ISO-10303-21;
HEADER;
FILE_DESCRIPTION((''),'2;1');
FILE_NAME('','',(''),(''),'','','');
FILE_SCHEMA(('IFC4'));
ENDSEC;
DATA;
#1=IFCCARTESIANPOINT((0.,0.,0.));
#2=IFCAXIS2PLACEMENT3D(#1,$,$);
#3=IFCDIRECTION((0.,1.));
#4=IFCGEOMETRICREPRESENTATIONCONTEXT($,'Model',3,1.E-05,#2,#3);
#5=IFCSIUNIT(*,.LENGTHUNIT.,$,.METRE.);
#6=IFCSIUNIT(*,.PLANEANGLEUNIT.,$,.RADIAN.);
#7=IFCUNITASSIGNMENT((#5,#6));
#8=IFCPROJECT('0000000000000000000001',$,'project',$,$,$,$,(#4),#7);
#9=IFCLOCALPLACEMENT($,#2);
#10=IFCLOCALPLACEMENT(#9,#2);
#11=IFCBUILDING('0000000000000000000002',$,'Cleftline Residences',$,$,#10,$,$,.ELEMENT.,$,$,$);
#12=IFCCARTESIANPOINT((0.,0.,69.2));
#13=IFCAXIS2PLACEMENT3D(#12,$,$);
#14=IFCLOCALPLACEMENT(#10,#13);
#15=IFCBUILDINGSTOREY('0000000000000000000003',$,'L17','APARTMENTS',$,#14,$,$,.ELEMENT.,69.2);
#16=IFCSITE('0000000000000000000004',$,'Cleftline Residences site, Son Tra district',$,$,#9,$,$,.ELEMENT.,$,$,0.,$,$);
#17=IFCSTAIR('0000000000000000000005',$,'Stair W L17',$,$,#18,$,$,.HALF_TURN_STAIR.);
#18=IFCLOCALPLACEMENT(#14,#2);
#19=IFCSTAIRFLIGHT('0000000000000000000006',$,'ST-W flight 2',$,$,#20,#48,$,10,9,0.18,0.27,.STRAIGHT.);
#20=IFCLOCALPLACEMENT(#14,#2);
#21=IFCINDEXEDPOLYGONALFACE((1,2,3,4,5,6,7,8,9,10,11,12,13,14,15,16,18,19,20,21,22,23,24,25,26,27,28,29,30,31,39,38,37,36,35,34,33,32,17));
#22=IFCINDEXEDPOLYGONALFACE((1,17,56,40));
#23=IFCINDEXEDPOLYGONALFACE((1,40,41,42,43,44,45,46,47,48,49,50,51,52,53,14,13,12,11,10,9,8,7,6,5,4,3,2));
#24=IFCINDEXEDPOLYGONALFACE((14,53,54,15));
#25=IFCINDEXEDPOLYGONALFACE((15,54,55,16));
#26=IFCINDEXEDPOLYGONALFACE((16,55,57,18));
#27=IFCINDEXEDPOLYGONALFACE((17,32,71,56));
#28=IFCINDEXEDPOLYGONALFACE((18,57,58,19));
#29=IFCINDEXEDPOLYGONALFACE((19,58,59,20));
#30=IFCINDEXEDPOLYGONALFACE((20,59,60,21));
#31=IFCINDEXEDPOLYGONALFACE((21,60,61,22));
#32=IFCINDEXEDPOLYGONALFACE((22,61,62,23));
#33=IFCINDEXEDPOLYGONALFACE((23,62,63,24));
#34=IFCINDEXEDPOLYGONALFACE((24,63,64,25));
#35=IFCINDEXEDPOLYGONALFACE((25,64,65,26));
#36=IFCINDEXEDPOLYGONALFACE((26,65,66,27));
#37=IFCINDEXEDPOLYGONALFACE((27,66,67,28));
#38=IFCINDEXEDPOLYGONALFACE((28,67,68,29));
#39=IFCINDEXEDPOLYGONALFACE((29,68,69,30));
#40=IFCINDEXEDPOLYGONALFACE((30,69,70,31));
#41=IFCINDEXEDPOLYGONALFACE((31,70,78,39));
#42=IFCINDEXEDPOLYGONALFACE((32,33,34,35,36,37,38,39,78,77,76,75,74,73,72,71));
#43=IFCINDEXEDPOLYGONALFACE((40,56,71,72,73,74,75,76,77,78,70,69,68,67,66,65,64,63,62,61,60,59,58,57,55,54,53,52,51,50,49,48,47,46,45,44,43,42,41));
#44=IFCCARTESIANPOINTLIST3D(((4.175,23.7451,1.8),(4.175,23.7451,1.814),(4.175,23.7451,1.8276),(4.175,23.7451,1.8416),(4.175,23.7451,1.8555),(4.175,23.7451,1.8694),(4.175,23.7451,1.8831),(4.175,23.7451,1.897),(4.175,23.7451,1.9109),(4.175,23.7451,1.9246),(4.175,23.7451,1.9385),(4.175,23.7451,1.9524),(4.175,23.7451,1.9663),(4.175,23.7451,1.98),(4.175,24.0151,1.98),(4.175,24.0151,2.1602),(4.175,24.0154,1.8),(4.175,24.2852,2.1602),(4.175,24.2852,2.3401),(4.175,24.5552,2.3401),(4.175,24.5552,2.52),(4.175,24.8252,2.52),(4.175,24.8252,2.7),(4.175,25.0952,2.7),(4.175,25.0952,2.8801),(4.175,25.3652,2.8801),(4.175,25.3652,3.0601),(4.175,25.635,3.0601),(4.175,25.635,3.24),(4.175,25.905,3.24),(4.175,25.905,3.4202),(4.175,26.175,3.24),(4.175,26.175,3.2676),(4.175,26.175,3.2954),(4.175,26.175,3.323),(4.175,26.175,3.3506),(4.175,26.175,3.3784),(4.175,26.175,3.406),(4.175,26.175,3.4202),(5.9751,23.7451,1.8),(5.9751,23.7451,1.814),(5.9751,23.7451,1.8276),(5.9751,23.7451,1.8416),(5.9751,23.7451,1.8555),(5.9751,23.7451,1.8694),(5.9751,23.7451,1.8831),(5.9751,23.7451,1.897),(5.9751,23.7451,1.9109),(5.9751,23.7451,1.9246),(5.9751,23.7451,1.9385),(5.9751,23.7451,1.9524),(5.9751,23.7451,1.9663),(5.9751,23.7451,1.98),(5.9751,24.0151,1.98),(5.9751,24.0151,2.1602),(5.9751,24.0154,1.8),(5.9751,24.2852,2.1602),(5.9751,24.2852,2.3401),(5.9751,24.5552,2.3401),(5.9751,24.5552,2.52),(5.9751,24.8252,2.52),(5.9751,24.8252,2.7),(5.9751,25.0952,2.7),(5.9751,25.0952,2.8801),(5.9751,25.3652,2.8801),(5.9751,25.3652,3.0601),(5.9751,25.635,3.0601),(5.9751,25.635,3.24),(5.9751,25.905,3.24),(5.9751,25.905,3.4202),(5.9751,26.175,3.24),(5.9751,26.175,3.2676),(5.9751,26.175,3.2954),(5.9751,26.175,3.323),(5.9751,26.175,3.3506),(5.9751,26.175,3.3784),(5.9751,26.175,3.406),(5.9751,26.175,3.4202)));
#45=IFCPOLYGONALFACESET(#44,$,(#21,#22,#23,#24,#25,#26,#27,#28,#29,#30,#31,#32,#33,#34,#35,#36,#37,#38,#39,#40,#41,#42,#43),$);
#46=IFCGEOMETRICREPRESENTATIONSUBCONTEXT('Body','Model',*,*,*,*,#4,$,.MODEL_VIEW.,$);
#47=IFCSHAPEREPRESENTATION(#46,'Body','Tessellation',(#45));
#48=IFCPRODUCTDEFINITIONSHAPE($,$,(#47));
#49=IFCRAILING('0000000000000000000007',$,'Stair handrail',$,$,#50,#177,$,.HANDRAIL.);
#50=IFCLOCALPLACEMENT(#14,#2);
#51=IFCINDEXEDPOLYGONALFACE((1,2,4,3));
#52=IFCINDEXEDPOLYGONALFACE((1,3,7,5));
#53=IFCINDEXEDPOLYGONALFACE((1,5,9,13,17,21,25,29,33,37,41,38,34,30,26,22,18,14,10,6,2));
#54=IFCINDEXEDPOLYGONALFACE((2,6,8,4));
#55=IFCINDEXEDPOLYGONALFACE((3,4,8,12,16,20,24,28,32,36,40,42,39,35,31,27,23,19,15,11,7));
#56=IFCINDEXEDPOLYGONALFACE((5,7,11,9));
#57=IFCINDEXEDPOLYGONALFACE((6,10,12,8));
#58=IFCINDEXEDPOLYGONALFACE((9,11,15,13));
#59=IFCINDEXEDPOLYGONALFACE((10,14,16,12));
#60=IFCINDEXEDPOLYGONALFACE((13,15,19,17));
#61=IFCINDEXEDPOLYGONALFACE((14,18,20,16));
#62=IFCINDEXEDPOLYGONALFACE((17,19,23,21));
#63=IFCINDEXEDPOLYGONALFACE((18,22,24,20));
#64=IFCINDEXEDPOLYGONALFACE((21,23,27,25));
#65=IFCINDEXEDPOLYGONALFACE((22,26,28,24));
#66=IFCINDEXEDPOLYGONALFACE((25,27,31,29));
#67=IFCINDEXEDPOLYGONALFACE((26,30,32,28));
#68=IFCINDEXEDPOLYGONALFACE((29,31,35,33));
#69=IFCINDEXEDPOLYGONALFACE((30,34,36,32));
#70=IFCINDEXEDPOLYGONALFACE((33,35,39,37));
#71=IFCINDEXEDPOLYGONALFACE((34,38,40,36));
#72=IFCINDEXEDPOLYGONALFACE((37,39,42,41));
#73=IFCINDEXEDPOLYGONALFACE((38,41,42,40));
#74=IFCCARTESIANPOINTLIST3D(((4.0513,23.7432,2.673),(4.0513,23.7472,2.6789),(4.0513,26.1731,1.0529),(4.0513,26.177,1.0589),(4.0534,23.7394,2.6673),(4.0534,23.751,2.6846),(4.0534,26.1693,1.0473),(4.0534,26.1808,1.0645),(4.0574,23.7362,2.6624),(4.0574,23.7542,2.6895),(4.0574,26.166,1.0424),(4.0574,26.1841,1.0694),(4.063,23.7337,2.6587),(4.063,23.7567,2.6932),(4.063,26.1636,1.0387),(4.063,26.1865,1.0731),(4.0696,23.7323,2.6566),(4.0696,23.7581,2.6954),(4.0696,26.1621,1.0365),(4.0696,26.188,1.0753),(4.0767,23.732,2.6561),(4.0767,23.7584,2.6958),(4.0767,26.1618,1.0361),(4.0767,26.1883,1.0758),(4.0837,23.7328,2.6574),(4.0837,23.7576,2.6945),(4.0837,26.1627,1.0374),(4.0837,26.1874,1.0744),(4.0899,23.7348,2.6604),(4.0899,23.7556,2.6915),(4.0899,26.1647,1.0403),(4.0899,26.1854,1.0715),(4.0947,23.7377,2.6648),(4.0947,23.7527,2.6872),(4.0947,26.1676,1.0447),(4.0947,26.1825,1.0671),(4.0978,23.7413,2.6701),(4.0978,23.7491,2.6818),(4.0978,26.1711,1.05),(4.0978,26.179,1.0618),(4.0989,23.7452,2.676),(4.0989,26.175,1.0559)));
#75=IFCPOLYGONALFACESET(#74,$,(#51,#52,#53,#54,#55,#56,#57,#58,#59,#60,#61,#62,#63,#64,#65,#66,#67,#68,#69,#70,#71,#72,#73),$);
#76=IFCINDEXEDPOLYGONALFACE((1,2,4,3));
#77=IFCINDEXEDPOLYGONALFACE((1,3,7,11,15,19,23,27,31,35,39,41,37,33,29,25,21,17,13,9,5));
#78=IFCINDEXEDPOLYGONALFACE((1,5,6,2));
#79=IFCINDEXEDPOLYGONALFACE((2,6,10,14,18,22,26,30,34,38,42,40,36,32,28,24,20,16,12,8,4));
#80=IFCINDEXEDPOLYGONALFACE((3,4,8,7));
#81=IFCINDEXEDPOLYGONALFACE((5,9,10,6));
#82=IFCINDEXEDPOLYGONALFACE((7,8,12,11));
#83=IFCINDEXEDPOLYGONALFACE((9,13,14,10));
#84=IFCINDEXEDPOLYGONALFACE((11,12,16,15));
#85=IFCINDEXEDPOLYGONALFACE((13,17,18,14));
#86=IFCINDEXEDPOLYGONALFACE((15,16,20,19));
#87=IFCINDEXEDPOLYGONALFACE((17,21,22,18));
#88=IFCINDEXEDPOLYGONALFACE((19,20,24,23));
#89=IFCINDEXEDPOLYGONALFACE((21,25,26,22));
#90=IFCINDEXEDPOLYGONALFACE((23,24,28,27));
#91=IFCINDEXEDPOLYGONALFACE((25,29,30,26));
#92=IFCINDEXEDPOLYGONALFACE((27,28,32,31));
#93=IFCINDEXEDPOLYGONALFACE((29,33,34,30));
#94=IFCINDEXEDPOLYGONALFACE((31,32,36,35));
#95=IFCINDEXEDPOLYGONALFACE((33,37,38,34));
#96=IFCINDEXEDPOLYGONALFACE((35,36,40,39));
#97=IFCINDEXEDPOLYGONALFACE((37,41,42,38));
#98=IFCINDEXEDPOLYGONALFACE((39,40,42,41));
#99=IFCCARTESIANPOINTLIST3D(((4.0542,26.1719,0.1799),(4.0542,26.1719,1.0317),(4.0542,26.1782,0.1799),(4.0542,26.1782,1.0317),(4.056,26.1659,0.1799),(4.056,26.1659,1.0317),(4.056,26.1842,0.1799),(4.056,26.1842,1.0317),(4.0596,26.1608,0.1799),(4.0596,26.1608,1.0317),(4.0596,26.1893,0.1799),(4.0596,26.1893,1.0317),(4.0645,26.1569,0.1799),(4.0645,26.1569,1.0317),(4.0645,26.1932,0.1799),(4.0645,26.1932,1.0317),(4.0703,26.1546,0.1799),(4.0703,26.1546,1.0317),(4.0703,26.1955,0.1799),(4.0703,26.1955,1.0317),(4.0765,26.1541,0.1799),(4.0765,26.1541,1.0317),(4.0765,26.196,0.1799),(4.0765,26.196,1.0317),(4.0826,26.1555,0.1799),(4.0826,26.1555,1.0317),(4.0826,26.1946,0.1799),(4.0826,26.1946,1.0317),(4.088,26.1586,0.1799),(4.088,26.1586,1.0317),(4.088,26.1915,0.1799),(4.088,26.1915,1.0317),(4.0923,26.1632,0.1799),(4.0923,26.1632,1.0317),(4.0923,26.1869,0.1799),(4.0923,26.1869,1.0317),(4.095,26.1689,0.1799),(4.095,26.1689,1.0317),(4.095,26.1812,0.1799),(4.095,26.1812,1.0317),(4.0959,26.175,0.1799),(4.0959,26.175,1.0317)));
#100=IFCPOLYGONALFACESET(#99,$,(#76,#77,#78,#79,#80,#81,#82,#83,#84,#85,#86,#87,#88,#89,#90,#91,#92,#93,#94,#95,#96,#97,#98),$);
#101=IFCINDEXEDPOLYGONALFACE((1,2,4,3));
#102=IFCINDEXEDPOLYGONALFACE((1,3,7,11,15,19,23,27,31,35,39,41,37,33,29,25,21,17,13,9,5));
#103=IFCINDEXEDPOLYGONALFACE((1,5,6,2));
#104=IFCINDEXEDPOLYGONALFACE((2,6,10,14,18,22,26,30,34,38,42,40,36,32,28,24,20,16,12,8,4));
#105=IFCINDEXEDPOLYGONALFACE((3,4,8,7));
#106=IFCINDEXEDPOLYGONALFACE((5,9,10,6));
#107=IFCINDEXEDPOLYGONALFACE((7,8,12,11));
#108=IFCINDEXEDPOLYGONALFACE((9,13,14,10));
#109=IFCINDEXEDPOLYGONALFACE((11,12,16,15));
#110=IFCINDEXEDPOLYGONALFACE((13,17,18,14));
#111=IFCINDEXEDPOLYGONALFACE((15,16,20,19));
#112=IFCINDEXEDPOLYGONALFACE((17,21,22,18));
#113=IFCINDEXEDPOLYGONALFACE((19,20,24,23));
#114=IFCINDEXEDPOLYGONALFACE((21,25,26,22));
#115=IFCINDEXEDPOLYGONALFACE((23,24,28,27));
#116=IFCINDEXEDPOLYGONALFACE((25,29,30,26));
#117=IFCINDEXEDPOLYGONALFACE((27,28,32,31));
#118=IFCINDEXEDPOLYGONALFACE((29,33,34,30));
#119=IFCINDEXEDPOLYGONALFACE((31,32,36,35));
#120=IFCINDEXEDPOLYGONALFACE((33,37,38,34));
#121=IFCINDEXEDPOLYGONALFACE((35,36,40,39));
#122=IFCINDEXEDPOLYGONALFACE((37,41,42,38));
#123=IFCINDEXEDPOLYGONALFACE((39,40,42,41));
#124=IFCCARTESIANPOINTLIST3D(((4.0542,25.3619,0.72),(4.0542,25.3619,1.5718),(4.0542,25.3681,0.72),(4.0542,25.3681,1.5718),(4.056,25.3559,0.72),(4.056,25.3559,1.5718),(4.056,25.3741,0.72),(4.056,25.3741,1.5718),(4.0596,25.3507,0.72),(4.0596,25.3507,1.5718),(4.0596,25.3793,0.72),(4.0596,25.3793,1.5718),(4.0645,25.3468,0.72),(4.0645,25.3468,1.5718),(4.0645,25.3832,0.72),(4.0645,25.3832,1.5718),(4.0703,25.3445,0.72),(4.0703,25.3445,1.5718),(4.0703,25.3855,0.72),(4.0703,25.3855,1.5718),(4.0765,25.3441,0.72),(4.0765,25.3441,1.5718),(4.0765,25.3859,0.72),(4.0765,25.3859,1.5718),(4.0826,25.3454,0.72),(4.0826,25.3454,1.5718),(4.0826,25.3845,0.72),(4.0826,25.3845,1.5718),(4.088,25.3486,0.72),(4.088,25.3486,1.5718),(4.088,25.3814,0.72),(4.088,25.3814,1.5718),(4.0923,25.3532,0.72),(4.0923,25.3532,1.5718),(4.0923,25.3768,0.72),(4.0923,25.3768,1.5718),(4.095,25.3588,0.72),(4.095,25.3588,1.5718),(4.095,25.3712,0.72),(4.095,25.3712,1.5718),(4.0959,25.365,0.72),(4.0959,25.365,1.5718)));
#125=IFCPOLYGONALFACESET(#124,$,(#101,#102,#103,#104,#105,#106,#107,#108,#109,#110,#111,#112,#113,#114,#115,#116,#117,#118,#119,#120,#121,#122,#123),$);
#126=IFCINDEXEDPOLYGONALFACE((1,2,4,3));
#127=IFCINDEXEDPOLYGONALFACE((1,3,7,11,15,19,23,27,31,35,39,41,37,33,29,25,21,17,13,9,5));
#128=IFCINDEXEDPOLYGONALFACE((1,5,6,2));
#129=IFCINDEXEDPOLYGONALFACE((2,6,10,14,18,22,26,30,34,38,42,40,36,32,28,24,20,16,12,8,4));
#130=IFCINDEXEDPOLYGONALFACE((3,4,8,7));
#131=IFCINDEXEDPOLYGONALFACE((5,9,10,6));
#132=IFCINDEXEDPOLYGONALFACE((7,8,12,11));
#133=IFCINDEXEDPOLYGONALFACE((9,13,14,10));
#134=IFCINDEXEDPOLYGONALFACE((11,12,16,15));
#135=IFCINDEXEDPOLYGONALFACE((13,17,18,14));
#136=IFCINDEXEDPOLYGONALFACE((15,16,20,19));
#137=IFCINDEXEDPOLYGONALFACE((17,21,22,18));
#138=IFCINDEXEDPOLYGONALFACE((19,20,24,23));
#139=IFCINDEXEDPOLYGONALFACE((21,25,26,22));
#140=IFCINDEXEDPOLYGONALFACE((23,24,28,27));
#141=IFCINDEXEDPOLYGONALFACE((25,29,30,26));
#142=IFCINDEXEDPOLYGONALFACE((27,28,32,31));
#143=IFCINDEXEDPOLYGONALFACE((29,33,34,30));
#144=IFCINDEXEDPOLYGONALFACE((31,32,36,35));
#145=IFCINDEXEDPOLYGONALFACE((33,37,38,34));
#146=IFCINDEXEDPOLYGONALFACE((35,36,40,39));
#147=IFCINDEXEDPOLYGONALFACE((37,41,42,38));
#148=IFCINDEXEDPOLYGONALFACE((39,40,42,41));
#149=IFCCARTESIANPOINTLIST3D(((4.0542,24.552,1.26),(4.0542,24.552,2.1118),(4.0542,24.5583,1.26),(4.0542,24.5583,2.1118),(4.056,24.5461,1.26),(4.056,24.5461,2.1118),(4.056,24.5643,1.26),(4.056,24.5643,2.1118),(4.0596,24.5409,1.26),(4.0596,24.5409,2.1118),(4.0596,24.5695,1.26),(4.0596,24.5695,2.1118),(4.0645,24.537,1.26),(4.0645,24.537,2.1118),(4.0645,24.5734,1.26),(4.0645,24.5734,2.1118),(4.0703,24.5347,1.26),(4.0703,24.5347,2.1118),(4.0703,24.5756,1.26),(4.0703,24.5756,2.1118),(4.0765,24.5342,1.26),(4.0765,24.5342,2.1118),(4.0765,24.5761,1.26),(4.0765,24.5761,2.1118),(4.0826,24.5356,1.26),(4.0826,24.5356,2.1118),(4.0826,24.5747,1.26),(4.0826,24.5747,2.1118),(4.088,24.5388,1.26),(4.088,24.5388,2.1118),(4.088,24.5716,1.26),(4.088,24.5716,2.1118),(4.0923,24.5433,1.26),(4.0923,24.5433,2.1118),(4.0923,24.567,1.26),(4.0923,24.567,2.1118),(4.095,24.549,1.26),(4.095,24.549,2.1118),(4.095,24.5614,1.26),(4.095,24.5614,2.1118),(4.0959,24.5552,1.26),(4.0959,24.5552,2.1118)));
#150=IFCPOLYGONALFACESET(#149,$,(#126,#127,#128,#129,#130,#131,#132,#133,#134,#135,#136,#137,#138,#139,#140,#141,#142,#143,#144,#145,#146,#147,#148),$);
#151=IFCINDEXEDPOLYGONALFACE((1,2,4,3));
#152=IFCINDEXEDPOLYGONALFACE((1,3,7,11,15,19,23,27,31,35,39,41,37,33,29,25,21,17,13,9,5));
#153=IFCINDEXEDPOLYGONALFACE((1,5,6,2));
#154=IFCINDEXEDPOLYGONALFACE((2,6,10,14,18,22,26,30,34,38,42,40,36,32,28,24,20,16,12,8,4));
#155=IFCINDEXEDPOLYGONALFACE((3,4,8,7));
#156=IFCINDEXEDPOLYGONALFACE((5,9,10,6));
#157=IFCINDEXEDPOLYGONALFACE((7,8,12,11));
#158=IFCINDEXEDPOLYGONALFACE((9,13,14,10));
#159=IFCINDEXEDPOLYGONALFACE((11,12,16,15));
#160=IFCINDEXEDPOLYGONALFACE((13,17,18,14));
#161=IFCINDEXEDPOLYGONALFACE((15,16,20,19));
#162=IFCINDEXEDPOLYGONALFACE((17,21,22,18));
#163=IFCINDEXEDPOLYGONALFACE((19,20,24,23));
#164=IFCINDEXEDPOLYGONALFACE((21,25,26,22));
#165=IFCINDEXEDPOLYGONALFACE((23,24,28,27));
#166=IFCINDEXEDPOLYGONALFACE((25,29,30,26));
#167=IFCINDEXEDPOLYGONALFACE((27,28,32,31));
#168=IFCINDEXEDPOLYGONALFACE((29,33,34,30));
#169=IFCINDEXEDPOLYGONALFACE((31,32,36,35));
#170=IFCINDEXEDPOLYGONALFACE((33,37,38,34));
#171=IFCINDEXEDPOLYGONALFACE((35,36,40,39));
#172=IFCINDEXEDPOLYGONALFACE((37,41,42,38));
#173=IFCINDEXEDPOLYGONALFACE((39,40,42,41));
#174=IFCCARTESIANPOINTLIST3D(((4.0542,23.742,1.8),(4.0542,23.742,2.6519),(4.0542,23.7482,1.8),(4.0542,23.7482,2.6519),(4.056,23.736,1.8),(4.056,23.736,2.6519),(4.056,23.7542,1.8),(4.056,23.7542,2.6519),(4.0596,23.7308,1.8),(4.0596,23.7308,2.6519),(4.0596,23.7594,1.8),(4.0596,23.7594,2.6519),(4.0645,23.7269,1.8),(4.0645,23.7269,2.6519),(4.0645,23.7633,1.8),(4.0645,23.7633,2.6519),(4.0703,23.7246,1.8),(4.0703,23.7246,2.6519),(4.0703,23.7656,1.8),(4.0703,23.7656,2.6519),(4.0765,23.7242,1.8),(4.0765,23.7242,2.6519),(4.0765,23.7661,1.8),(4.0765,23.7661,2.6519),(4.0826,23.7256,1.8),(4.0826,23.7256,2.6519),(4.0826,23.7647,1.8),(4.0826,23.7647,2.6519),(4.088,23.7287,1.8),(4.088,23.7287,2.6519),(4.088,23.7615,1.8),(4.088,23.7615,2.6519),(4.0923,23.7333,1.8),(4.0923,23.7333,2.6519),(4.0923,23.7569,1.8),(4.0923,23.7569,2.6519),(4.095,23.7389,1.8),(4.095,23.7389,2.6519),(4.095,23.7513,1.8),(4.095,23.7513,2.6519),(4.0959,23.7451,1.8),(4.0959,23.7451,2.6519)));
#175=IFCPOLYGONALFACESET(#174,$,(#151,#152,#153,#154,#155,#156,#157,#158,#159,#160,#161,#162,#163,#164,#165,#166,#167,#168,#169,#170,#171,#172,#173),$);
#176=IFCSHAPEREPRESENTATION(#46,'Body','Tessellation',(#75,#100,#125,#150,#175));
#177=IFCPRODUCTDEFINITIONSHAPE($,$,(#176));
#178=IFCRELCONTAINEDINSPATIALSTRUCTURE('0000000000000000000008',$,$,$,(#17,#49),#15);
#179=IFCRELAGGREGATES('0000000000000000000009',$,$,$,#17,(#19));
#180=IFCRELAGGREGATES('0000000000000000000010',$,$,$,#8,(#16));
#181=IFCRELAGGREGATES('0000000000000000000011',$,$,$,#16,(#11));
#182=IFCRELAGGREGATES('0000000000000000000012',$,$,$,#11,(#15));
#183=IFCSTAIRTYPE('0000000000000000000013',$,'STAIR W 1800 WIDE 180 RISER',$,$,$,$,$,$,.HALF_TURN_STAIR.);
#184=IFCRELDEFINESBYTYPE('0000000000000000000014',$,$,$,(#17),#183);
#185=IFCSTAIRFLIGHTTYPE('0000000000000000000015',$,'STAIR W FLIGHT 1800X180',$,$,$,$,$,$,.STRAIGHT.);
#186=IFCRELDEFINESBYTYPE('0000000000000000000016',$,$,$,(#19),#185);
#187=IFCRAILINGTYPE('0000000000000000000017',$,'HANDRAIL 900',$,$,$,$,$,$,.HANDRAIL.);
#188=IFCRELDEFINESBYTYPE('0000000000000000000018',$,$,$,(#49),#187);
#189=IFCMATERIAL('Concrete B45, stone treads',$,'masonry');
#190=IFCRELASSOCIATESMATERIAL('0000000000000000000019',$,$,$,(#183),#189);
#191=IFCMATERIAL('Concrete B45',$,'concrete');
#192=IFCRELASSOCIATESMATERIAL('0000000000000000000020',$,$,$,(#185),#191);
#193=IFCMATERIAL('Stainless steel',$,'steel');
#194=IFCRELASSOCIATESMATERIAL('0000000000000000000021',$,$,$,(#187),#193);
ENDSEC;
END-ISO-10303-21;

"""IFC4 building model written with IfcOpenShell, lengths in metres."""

from ifc_helpers import new_model, si_unit, direction, frame, origin, origin_2d, place, context, subcontext, project, spatial, polyline, circle, outline, extrude, material, type_object, element, aggregate, save


model = new_model("IFC4")

# Units and contexts
model_context = context("Model", 3, precision=1e-05, world=origin(), true_north=direction((0.0, 1.0)))
body_context = subcontext(model_context, "Body", "Model", "MODEL_VIEW")
ifc_project = project(units=[si_unit("LENGTHUNIT", "METRE"), si_unit("PLANEANGLEUNIT", "RADIAN")], contexts=[model_context])

# Site, building, storey
site_placement = place(None, origin())
site = spatial("IfcSite", under=ifc_project, at=site_placement, Name="Cleftline Residences site, Son Tra district", CompositionType="ELEMENT", RefElevation=0.0)
building_placement = place(site_placement, origin())
building = spatial("IfcBuilding", under=site, at=building_placement, Name="Cleftline Residences", CompositionType="ELEMENT")
storey_placement = place(building_placement, frame((0.0, 0.0, 69.2)))
storey = spatial("IfcBuildingStorey", under=building, at=storey_placement, Name="L17", Description="APARTMENTS", CompositionType="ELEMENT", Elevation=69.2)

# Stair, stair flight
ifc_material_1 = material(Name="Concrete B45, stone treads", Category="masonry")
stair_type = type_object("IfcStairType", Name="STAIR W 1800 WIDE 180 RISER", PredefinedType="HALF_TURN_STAIR", material=ifc_material_1)
stair_placement = place(storey_placement, origin())
stair = element("IfcStair", 1, at=stair_placement, inside=storey, type_object=stair_type, Name="Stair W L17", PredefinedType="HALF_TURN_STAIR")
ifc_material_2 = material(Name="Concrete B45", Category="concrete")
stair_flight_type = type_object("IfcStairFlightType", Name="STAIR W FLIGHT 1800X180", PredefinedType="STRAIGHT", material=ifc_material_2)
stair_flight_1_placement = place(storey_placement, frame((5.075, 23.7451, 1.8), z_axis=(0.0, 0.0, 1.0), x_axis=(0.0, 1.0, 0.0)))
stair_flight_1 = element("IfcStairFlight", 2, at=stair_flight_1_placement, type_object=stair_flight_type, Name="ST-W flight 2", NumberOfRisers=10, NumberOfTreads=9, PredefinedType="STRAIGHT", RiserHeight=0.18, TreadLength=0.27, context=body_context, shape_type="SweptSolid", body=[
    extrude(outline(polyline([(0.0, 0.0), (0.0, 0.0139), (0.0, 0.0276), (0.0, 0.0415), (0.0, 0.0554), (0.0, 0.0693), (0.0, 0.083), (0.0, 0.0969), (0.0, 0.1108), (0.0, 0.1245), (0.0, 0.1384), (0.0, 0.1523), (0.0, 0.1663), (0.0, 0.1799), (0.27, 0.1799), (0.27, 0.3601), (0.54, 0.3601), (0.54, 0.54), (0.8101, 0.54), (0.8101, 0.72), (1.0801, 0.72), (1.0801, 0.8999), (1.3501, 0.8999), (1.3501, 1.0801), (1.6201, 1.0801), (1.6201, 1.26), (1.8899, 1.26), (1.8899, 1.4399), (2.1599, 1.4399), (2.1599, 1.6201), (2.4299, 1.6201), (2.4299, 1.8), (2.4299, 1.7722), (2.4299, 1.7446), (2.4299, 1.7168), (2.4299, 1.6892), (2.4299, 1.6614), (2.4299, 1.6338), (2.4299, 1.606), (2.4299, 1.5784), (2.4299, 1.5505), (2.4299, 1.5229), (2.4299, 1.4954), (2.4299, 1.4675), (2.4299, 1.4399), (0.2703, 0.0), (0.0, 0.0)])), frame((0.0, 0.8999, 0.0), z_axis=(0.0, -1.0, 0.0), x_axis=(1.0, 0.0, 0.0)), (0.0, 0.0, 1.0), 1.8),
])
aggregate(stair, [stair_flight_1])

# Railing
ifc_material_3 = material(Name="Stainless steel", Category="steel")
railing_type = type_object("IfcRailingType", Name="HANDRAIL 900", PredefinedType="HANDRAIL", material=ifc_material_3)
railing_1_placement = place(storey_placement, frame((4.075, 26.175, 0.1799)))
element("IfcRailing", 3, at=railing_1_placement, inside=storey, type_object=railing_type, Name="Stair handrail", PredefinedType="HANDRAIL", context=body_context, shape_type="SweptSolid", body=[
    extrude(circle(Radius=0.0239, at=origin_2d()), frame((0.0, 0.0, 0.876), z_axis=(0.0, -0.832025, 0.554739), x_axis=(1.0, 0.0, 0.0)), (0.0, 0.0, 1.0), 2.9204),
    extrude(circle(Radius=0.021, at=origin_2d()), origin(), (0.0, 0.0, 1.0), 0.8518),
    extrude(circle(Radius=0.021, at=origin_2d()), frame((0.0, -0.8101, 0.54)), (0.0, 0.0, 1.0), 0.8518),
    extrude(circle(Radius=0.021, at=origin_2d()), frame((0.0, -1.6199, 1.0801)), (0.0, 0.0, 1.0), 0.8518),
    extrude(circle(Radius=0.021, at=origin_2d()), frame((0.0, -2.4299, 1.6201)), (0.0, 0.0, 1.0), 0.8518),
])

save(model, "model.ifc")
